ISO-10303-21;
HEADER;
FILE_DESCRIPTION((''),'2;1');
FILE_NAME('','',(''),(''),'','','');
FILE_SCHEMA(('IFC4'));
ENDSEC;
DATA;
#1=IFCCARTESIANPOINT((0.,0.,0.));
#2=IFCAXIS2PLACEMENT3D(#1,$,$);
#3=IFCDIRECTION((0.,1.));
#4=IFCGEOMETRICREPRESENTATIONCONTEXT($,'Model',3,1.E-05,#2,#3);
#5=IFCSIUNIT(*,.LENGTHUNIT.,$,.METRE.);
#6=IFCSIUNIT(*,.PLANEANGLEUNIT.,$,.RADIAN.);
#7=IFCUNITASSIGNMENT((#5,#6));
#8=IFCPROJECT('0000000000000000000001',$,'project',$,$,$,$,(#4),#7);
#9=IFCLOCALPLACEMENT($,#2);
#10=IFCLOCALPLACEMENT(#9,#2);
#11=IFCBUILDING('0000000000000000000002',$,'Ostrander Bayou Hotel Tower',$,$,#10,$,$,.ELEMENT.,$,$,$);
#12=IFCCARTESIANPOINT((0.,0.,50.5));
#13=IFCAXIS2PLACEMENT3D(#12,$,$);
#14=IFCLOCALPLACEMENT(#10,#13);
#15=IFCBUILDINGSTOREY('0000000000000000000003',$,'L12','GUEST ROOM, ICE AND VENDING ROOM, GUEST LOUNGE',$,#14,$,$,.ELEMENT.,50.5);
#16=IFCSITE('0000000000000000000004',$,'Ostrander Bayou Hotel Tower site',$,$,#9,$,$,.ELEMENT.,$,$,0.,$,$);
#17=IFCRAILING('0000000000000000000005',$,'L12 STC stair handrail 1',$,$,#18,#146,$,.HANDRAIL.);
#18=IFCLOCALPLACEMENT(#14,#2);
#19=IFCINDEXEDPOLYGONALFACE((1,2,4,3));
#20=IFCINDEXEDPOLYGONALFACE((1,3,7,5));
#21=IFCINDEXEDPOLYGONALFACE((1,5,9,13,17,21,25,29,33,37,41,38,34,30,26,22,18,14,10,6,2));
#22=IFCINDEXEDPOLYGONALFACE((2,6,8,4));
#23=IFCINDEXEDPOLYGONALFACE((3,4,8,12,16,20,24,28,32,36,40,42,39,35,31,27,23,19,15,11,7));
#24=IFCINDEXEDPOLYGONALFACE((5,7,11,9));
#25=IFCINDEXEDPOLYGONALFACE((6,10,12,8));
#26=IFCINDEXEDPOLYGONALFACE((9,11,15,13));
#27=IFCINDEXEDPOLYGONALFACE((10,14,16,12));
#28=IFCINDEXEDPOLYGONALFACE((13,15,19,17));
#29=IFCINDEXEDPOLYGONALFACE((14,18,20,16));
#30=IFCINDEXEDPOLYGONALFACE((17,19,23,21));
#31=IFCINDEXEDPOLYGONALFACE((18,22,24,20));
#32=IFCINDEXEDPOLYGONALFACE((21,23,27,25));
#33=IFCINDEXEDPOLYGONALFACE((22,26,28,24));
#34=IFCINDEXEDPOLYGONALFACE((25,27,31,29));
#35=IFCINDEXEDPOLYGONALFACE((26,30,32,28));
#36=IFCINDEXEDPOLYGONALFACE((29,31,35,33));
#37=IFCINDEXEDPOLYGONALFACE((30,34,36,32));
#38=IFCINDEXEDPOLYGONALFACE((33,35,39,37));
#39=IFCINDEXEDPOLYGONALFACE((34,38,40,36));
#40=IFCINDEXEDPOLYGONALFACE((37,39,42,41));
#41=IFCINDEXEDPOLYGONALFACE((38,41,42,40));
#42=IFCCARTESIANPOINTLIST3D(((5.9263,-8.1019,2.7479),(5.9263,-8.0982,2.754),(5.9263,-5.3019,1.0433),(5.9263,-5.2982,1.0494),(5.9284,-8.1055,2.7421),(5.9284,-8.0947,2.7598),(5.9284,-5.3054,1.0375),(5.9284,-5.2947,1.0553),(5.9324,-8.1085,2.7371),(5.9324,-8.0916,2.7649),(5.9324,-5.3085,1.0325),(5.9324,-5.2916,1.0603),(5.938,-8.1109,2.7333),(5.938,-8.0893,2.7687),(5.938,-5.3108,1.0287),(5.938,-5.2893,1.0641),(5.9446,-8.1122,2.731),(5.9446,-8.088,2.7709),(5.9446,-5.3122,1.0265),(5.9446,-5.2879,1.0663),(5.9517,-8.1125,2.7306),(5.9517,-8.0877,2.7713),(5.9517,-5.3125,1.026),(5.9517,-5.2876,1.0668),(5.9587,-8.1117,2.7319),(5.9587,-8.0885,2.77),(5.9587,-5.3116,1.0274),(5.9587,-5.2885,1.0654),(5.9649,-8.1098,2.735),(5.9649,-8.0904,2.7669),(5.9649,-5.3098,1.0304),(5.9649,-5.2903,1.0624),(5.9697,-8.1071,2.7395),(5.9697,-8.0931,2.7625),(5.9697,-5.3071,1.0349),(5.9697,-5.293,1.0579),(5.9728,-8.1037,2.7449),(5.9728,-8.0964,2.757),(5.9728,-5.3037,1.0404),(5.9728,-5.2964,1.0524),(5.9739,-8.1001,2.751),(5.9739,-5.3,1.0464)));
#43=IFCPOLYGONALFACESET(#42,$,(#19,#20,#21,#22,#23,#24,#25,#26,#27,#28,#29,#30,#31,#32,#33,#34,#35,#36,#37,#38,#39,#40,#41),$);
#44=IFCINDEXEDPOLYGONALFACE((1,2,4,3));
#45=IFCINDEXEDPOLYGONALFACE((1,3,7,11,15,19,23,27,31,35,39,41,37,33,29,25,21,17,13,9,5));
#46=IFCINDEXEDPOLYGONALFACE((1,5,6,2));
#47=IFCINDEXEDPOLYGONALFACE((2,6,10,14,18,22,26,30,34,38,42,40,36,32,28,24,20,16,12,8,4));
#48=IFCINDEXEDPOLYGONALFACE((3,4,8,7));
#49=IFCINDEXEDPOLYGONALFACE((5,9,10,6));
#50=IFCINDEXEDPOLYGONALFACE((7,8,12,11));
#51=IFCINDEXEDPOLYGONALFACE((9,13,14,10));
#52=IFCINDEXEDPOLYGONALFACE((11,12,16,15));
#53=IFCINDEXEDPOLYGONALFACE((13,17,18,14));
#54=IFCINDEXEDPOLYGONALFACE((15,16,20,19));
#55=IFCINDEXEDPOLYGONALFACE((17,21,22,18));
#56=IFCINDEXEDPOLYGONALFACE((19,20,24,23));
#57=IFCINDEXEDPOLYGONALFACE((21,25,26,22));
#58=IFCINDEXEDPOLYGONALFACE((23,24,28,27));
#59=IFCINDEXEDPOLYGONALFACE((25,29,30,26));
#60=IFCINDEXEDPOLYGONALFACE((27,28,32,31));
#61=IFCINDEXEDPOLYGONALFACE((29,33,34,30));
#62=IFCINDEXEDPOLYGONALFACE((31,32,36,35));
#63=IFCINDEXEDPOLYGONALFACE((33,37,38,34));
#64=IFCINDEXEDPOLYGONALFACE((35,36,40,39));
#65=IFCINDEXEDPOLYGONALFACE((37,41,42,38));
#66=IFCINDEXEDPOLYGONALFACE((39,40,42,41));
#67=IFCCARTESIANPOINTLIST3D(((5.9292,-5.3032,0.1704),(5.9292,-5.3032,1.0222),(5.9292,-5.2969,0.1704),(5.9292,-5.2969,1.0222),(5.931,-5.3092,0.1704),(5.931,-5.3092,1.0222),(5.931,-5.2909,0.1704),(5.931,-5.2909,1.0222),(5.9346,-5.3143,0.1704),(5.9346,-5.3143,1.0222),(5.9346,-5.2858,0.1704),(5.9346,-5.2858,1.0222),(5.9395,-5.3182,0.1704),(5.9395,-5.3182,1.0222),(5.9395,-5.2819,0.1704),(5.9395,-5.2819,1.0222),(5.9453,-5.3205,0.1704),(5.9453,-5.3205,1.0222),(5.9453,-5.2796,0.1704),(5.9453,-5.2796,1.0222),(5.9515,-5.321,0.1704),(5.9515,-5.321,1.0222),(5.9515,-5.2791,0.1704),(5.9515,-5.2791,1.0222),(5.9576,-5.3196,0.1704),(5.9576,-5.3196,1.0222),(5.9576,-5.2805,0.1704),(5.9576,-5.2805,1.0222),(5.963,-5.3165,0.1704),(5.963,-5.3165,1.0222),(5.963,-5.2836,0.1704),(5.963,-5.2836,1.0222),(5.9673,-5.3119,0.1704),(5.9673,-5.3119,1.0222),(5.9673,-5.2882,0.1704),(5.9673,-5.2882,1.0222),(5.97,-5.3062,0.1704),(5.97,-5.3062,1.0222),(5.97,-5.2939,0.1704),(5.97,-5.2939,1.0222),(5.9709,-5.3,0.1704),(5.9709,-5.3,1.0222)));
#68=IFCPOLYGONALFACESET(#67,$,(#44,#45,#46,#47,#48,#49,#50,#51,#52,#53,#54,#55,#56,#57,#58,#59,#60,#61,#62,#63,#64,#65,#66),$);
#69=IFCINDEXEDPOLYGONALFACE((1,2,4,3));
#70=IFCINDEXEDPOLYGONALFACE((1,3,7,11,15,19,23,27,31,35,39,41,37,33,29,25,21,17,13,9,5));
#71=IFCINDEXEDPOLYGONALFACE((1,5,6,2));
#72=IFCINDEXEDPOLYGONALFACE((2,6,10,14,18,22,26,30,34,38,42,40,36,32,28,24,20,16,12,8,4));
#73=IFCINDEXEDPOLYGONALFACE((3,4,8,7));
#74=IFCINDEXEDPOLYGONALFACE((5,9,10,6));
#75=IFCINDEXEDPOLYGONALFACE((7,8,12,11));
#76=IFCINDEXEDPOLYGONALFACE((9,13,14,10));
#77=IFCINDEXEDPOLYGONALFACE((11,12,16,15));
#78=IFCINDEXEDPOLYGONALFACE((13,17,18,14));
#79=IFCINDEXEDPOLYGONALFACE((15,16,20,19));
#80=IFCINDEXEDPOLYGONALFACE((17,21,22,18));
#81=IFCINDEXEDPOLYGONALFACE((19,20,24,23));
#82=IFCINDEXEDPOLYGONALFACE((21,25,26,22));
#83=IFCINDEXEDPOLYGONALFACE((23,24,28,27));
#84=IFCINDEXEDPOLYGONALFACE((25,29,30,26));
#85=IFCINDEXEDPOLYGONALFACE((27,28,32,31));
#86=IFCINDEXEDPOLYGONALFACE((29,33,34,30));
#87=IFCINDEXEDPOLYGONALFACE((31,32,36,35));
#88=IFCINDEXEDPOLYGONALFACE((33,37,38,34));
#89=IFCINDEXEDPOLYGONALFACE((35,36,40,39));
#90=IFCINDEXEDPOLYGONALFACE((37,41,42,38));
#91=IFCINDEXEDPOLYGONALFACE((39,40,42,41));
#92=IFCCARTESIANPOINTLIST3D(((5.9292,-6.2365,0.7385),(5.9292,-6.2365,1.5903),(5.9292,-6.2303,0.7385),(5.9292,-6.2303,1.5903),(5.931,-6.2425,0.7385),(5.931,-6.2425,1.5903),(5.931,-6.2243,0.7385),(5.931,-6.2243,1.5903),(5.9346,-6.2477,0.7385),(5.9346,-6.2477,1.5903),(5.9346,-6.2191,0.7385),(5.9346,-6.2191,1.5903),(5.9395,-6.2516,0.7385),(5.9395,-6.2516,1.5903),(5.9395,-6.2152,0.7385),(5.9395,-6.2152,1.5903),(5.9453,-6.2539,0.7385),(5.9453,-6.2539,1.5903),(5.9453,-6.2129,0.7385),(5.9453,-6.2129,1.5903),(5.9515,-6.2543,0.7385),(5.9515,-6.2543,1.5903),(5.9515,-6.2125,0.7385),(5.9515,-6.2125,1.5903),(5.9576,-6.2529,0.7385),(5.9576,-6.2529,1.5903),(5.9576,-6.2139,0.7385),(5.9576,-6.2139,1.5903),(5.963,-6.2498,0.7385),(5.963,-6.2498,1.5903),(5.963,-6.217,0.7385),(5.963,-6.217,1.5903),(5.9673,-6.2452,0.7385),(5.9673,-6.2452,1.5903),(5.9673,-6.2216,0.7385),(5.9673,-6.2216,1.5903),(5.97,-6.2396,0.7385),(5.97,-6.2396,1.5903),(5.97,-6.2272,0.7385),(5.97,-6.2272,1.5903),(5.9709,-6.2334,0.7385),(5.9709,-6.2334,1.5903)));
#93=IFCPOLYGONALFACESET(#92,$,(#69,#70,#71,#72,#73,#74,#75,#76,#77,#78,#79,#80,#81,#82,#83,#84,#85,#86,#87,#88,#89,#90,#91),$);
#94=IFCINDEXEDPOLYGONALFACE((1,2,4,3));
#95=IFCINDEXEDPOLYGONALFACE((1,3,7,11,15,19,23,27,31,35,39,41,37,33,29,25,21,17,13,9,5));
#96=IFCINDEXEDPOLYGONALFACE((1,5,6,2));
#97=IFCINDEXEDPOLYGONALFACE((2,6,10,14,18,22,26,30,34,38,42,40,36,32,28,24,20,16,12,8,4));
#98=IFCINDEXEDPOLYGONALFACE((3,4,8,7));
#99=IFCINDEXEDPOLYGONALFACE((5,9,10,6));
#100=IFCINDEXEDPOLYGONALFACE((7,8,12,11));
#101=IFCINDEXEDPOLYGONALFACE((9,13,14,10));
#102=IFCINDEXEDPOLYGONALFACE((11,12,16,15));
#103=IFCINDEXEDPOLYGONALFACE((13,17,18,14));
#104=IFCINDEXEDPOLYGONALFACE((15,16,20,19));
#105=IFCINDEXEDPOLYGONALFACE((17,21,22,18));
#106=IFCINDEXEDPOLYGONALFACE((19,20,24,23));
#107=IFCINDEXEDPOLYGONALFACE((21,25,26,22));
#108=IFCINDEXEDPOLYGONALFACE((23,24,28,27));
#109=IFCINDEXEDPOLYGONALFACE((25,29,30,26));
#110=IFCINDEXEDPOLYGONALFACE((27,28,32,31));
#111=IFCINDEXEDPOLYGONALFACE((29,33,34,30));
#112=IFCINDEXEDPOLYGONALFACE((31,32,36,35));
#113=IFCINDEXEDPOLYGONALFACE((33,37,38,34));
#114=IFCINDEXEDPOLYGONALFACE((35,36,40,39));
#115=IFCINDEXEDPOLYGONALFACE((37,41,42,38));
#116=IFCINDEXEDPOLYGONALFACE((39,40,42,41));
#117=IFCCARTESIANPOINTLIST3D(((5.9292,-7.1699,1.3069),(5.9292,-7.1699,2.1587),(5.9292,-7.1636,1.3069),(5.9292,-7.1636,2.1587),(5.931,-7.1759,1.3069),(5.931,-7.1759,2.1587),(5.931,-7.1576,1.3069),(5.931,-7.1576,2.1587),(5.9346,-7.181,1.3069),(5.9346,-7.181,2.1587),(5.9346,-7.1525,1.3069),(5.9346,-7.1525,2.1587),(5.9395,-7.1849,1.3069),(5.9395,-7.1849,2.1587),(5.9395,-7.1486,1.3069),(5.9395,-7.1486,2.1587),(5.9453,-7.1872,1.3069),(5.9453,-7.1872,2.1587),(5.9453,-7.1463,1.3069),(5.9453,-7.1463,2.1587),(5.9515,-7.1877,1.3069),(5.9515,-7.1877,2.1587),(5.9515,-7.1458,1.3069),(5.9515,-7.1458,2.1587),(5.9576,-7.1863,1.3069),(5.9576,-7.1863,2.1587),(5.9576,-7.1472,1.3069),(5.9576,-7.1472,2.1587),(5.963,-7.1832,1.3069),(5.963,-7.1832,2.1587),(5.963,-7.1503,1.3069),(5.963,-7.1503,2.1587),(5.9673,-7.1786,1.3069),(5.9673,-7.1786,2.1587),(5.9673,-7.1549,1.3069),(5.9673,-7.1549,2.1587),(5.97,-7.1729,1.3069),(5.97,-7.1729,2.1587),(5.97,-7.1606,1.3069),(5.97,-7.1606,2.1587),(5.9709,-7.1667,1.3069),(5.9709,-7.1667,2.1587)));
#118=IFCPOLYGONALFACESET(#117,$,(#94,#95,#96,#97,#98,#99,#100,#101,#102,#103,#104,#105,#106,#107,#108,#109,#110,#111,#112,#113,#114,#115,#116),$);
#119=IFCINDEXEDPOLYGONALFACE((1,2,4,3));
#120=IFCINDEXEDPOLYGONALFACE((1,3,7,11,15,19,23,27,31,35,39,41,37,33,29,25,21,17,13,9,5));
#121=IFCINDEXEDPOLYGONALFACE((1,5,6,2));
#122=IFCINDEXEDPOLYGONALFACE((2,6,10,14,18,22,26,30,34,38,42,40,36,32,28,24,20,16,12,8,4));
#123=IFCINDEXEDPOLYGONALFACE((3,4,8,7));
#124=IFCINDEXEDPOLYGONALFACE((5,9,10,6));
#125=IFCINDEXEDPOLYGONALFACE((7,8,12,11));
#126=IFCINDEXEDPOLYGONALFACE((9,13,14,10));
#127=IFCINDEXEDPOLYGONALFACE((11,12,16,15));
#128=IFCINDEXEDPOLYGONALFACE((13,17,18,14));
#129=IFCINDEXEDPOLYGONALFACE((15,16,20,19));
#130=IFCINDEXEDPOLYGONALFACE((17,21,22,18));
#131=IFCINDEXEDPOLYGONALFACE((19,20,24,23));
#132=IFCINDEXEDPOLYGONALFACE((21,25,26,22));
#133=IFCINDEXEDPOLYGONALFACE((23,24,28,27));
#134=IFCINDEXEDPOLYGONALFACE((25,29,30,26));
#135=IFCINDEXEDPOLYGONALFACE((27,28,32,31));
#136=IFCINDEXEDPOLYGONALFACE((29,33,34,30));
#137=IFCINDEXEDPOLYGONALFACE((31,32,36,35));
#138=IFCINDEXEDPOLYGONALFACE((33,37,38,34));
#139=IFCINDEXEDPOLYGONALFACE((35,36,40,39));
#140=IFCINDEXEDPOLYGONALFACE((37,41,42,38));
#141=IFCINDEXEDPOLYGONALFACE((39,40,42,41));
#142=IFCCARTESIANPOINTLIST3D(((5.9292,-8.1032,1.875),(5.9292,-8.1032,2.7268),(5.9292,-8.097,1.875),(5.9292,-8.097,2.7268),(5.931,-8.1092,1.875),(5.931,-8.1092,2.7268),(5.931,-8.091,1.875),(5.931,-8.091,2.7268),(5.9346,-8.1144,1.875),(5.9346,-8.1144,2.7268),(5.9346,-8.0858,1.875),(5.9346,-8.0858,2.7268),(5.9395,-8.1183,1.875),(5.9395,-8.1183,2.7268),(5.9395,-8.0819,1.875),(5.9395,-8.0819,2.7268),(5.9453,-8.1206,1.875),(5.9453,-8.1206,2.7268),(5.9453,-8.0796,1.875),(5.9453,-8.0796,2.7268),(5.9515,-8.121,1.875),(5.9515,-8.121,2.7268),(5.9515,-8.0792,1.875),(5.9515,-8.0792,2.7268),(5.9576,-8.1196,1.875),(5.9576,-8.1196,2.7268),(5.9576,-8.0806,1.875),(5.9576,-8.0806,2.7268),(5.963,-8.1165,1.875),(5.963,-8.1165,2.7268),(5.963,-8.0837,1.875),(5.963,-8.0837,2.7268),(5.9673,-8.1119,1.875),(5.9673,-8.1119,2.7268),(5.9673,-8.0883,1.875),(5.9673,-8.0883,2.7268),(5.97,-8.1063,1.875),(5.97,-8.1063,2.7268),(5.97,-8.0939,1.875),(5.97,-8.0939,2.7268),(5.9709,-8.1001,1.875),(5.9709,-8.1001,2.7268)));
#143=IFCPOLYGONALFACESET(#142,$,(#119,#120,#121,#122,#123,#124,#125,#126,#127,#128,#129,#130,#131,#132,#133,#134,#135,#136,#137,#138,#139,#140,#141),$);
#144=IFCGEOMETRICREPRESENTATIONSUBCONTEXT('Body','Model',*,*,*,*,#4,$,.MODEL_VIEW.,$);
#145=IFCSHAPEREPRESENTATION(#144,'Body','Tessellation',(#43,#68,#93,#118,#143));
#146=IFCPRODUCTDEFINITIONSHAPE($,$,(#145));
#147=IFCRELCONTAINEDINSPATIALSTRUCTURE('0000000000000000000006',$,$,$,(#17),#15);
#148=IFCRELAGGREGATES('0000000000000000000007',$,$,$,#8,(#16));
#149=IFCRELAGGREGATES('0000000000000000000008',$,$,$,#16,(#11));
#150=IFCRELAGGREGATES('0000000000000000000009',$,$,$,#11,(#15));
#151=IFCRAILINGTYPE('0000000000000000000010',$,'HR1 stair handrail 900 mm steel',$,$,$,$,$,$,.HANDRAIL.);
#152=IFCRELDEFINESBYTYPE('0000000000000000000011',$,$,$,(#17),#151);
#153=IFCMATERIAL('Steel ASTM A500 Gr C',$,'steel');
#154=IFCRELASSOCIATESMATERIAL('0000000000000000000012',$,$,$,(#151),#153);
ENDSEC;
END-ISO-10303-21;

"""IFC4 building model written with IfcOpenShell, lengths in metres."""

from ifc_helpers import new_model, si_unit, direction, frame, origin, origin_2d, place, context, subcontext, project, spatial, circle, extrude, material, type_object, element, save


model = new_model("IFC4")

# Units and contexts
model_context = context("Model", 3, precision=1e-05, world=origin(), true_north=direction((0.0, 1.0)))
body_context = subcontext(model_context, "Body", "Model", "MODEL_VIEW")
ifc_project = project(units=[si_unit("LENGTHUNIT", "METRE"), si_unit("PLANEANGLEUNIT", "RADIAN")], contexts=[model_context])

# Site, building, storey
site_placement = place(None, origin())
site = spatial("IfcSite", under=ifc_project, at=site_placement, Name="Ostrander Bayou Hotel Tower site", CompositionType="ELEMENT", RefElevation=0.0)
building_placement = place(site_placement, origin())
building = spatial("IfcBuilding", under=site, at=building_placement, Name="Ostrander Bayou Hotel Tower", CompositionType="ELEMENT")
storey_placement = place(building_placement, frame((0.0, 0.0, 50.5)))
storey = spatial("IfcBuildingStorey", under=building, at=storey_placement, Name="L12", Description="GUEST ROOM, ICE AND VENDING ROOM, GUEST LOUNGE", CompositionType="ELEMENT", Elevation=50.5)

# Railing
ifc_material_1 = material(Name="Steel ASTM A500 Gr C", Category="steel")
railing_type_1 = type_object("IfcRailingType", Name="HR1 stair handrail 900 mm steel", PredefinedType="HANDRAIL", material=ifc_material_1)
railing_1_placement = place(storey_placement, frame((5.95, -5.3, 0.1704)))
element("IfcRailing", 1, at=railing_1_placement, inside=storey, type_object=railing_type_1, Name="L12 STC stair handrail 1", PredefinedType="HANDRAIL", context=body_context, shape_type="SweptSolid", body=[
    extrude(circle(Radius=0.0239, at=origin_2d()), frame((0.0, 0.0, 0.876), z_axis=(0.0, -0.85417, 0.519994), x_axis=(1.0, 0.0, 0.0)), (0.0, 0.0, 1.0), 3.2781),
    extrude(circle(Radius=0.021, at=origin_2d()), origin(), (0.0, 0.0, 1.0), 0.8518),
    extrude(circle(Radius=0.021, at=origin_2d()), frame((0.0, -0.9333, 0.5681)), (0.0, 0.0, 1.0), 0.8518),
    extrude(circle(Radius=0.021, at=origin_2d()), frame((0.0, -1.8667, 1.1365)), (0.0, 0.0, 1.0), 0.8518),
    extrude(circle(Radius=0.021, at=origin_2d()), frame((0.0, -2.8, 1.7046)), (0.0, 0.0, 1.0), 0.8518),
])

save(model, "model.ifc")
